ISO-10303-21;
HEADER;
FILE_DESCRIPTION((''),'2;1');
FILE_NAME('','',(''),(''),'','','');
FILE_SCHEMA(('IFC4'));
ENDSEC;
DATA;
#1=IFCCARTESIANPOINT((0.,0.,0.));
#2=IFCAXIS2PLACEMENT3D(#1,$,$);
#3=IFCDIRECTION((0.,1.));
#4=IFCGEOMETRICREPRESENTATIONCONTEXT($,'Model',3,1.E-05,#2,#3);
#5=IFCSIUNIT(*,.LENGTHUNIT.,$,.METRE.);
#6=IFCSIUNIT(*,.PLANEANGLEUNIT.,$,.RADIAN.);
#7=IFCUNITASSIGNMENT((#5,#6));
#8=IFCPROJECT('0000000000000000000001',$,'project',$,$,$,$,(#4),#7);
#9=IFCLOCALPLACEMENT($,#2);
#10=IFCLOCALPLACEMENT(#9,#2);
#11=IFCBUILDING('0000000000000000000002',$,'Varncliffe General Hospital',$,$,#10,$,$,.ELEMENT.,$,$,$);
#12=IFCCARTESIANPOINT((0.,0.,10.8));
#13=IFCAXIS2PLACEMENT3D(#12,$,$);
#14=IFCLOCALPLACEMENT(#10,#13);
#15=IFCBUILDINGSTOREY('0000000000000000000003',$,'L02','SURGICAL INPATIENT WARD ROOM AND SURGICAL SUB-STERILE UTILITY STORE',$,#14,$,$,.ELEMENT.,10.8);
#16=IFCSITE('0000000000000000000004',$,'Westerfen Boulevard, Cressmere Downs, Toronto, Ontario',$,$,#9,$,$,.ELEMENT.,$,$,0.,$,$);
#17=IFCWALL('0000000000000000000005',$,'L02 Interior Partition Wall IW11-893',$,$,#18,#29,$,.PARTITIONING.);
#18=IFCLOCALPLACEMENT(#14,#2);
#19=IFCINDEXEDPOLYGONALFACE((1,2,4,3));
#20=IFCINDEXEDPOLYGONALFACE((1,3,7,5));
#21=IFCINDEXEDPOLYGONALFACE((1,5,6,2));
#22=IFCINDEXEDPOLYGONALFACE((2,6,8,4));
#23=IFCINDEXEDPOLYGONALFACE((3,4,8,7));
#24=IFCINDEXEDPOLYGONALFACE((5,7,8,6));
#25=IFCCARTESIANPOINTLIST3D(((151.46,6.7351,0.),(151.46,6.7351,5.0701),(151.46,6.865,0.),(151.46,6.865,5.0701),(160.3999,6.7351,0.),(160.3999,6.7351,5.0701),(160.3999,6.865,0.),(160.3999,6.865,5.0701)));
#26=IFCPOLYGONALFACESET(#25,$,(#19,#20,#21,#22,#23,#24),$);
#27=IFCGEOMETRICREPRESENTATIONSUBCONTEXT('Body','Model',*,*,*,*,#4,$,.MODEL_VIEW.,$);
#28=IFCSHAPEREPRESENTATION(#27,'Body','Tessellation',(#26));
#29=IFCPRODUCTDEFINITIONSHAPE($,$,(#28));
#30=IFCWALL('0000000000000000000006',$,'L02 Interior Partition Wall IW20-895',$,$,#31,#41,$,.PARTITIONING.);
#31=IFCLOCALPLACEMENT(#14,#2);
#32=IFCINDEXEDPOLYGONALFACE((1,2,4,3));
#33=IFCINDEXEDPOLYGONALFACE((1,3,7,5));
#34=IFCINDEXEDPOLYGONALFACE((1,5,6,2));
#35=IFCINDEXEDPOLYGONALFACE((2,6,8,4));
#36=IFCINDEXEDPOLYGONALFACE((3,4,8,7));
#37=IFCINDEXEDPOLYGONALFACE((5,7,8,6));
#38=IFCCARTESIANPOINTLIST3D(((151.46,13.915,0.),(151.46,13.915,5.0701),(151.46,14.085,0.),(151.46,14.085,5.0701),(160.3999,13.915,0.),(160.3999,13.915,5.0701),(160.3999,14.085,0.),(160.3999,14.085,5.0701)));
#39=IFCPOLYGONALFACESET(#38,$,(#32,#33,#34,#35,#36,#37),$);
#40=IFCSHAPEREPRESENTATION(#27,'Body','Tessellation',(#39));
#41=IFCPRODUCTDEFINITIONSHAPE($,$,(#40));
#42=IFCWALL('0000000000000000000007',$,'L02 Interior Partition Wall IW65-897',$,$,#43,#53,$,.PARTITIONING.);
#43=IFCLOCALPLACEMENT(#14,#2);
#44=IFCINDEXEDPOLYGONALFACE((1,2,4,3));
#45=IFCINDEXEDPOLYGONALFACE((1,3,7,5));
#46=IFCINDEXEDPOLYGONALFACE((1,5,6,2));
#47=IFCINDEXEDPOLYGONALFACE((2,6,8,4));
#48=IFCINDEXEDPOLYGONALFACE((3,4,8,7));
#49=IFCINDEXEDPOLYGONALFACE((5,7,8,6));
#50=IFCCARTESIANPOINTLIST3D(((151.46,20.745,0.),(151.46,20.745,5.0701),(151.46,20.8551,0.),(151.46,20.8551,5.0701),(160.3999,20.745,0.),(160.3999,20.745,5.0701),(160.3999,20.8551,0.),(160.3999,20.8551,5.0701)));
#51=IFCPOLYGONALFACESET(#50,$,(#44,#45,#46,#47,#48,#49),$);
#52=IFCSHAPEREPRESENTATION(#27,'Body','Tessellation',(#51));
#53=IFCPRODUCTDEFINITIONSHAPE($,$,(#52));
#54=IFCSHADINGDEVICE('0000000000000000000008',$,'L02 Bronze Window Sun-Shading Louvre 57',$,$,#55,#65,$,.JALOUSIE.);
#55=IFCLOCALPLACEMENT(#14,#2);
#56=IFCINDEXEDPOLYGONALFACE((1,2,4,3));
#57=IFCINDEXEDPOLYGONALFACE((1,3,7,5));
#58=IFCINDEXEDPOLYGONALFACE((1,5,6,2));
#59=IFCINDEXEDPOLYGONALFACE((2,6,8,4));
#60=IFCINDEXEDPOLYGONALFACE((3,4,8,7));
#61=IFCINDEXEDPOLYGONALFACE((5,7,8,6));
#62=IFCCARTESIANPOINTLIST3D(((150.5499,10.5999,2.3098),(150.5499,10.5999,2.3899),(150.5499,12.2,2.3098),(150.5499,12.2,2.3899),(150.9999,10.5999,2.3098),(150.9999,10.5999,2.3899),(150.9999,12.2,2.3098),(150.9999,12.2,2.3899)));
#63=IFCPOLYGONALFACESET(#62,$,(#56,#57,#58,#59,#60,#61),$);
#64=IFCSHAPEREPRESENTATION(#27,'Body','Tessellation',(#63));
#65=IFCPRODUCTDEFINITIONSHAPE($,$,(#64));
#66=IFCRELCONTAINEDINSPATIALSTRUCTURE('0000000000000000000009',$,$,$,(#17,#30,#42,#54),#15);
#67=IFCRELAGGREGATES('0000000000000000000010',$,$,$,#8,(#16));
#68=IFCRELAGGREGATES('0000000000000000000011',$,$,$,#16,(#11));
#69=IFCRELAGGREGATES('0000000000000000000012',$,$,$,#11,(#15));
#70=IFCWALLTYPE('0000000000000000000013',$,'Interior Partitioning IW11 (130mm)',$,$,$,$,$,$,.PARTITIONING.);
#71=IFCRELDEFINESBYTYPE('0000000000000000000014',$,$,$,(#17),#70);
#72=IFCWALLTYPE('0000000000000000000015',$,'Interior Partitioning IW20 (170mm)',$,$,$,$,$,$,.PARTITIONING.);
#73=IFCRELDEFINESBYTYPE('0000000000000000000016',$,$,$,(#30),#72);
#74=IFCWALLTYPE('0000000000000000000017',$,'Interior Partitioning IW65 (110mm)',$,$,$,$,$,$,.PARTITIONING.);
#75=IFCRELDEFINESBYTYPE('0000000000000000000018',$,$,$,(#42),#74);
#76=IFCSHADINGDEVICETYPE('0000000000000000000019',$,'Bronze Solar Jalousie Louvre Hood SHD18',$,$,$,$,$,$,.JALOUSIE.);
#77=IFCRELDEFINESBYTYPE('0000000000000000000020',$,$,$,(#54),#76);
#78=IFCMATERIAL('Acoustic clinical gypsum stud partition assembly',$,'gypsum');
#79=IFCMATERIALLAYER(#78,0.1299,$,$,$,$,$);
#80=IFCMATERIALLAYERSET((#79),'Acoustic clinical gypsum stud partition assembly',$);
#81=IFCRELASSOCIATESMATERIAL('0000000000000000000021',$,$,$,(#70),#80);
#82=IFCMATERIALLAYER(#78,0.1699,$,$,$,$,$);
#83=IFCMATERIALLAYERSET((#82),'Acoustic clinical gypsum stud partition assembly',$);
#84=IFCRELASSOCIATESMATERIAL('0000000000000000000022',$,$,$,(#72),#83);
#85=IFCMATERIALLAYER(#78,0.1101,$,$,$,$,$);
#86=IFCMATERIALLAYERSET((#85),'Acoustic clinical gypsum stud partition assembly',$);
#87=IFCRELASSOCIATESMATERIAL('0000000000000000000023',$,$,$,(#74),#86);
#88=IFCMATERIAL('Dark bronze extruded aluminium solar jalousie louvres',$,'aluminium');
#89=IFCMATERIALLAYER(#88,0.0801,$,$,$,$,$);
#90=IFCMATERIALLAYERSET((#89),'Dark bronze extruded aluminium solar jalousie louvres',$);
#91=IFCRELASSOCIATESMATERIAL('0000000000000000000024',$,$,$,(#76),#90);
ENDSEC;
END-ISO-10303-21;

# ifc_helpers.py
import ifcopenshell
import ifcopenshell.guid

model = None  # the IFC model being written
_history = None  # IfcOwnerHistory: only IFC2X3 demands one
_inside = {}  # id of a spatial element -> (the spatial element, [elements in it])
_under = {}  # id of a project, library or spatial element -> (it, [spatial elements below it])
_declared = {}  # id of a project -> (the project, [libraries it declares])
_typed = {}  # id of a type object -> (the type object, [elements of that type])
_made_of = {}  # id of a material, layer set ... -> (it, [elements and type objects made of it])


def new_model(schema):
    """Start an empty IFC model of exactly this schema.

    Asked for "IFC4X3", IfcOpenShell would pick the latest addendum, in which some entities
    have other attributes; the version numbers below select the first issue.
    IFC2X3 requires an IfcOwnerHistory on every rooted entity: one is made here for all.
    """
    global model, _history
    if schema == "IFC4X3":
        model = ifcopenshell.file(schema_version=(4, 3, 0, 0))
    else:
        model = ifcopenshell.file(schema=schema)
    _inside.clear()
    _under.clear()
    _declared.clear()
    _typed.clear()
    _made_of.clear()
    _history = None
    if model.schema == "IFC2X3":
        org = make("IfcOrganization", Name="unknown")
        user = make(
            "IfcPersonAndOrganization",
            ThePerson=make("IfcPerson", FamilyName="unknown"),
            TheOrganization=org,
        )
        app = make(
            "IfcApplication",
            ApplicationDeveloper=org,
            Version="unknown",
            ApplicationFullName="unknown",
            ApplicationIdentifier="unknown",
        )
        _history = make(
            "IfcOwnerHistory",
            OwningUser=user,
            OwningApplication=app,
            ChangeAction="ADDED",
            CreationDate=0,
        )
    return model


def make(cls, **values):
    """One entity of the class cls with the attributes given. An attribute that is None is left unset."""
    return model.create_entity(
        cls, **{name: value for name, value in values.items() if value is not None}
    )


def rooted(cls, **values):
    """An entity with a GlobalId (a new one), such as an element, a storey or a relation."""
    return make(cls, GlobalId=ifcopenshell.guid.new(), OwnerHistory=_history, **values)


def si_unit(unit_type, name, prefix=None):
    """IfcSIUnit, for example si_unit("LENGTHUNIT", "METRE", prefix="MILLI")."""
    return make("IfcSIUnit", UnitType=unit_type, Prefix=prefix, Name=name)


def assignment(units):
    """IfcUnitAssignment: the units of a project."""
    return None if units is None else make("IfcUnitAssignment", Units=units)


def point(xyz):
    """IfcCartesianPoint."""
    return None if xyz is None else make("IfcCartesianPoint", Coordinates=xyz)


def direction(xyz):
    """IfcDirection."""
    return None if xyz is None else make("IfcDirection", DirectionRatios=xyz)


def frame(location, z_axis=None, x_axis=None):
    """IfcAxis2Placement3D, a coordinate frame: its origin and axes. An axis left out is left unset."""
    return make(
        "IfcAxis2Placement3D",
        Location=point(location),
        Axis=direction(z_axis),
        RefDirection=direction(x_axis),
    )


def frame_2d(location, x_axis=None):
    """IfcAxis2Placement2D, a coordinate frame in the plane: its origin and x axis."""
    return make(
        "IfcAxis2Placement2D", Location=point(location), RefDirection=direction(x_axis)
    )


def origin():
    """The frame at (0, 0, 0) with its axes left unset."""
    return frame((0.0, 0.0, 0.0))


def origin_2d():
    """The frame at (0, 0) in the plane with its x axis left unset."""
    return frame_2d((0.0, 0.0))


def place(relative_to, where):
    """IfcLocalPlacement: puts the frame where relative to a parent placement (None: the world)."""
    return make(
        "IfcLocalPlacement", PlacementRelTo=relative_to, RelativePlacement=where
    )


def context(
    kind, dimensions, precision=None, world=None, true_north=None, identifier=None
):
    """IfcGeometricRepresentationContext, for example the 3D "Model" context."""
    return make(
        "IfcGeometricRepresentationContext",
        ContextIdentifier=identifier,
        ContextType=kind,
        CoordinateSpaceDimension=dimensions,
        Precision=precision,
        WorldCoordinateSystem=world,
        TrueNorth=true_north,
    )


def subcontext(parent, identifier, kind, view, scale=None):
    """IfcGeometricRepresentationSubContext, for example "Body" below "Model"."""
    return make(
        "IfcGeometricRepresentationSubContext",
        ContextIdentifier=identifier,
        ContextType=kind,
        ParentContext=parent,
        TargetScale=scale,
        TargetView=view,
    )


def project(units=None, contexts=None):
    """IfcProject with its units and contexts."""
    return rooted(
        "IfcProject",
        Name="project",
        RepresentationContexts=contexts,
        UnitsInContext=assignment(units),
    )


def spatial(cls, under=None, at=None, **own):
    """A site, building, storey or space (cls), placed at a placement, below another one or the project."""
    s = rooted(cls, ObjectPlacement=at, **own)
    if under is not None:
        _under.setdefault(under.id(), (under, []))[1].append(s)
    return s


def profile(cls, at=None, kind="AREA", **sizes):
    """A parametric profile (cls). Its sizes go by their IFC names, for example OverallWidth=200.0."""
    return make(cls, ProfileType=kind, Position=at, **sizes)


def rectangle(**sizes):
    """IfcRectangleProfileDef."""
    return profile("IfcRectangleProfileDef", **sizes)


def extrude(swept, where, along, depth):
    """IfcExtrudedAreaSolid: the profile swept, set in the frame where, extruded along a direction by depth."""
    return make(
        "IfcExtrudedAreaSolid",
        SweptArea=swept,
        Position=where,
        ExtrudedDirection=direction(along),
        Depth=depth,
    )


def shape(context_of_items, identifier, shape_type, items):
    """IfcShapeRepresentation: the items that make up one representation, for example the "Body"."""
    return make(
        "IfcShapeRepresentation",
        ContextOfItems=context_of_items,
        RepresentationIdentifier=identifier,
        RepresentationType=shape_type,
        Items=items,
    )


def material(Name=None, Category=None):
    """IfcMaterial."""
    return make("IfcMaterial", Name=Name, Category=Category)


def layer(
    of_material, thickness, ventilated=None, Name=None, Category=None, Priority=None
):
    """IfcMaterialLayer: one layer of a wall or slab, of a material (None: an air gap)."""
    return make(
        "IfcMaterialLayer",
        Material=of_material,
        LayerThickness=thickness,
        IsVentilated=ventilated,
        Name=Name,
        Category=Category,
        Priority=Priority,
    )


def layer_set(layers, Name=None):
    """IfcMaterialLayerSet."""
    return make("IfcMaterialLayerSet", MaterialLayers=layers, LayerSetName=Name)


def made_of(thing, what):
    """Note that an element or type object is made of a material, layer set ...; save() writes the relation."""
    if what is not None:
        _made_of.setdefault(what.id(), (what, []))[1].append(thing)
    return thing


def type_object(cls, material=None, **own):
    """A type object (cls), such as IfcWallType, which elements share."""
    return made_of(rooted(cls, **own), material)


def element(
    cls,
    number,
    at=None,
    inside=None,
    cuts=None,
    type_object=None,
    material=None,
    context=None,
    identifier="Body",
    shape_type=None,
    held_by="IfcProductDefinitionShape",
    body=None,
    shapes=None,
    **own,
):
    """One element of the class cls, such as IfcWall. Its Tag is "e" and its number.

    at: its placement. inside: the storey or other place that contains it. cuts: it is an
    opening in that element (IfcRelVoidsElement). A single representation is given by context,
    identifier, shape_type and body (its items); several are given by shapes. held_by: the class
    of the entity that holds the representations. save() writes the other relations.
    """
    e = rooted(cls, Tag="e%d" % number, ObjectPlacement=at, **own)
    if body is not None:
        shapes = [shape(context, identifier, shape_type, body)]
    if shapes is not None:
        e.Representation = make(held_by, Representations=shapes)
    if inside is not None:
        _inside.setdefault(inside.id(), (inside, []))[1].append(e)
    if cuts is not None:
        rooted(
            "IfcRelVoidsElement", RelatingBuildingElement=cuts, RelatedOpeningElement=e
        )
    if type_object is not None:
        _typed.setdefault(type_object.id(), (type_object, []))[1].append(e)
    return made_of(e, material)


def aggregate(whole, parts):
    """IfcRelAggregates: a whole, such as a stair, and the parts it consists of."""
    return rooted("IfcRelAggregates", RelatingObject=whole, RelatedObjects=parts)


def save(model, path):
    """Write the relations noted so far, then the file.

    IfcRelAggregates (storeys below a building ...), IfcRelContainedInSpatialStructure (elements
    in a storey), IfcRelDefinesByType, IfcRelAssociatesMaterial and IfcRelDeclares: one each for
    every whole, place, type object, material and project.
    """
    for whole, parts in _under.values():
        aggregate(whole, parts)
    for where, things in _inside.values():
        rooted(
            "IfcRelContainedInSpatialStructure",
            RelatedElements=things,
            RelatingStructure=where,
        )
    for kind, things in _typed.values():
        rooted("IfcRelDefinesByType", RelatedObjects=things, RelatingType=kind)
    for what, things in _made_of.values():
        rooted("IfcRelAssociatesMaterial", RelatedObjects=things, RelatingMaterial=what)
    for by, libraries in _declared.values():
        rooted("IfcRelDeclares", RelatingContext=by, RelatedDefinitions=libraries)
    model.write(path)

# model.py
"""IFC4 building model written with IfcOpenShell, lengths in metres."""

from ifc_helpers import new_model, si_unit, direction, frame, frame_2d, origin, origin_2d, place, context, subcontext, project, spatial, rectangle, extrude, material, layer, layer_set, type_object, element, save


model = new_model("IFC4")

# Units and contexts
model_context = context("Model", 3, precision=1e-05, world=origin(), true_north=direction((0.0, 1.0)))
body_context = subcontext(model_context, "Body", "Model", "MODEL_VIEW")
ifc_project = project(units=[si_unit("LENGTHUNIT", "METRE"), si_unit("PLANEANGLEUNIT", "RADIAN")], contexts=[model_context])

# Site, building, storey
site_placement = place(None, origin())
site = spatial("IfcSite", under=ifc_project, at=site_placement, Name="Westerfen Boulevard, Cressmere Downs, Toronto, Ontario", CompositionType="ELEMENT", RefElevation=0.0)
building_placement = place(site_placement, origin())
building = spatial("IfcBuilding", under=site, at=building_placement, Name="Varncliffe General Hospital", CompositionType="ELEMENT")
storey_placement = place(building_placement, frame((0.0, 0.0, 10.8)))
storey = spatial("IfcBuildingStorey", under=building, at=storey_placement, Name="L02", Description="SURGICAL INPATIENT WARD ROOM AND SURGICAL SUB-STERILE UTILITY STORE", CompositionType="ELEMENT", Elevation=10.8)

# Walls
ifc_material_1 = material(Name="Acoustic clinical gypsum stud partition assembly", Category="gypsum")
ifc_layer_1 = layer(ifc_material_1, 0.1299)
ifc_layer_set_1 = layer_set([ifc_layer_1], Name="Acoustic clinical gypsum stud partition assembly")
wall_type_1 = type_object("IfcWallType", Name="Interior Partitioning IW11 (130mm)", PredefinedType="PARTITIONING", material=ifc_layer_set_1)
wall_1_placement = place(storey_placement, frame((151.46, 6.8, 0.0), z_axis=(0.0, 0.0, 1.0), x_axis=(1.0, 0.0, 0.0)))
element("IfcWall", 1, at=wall_1_placement, inside=storey, type_object=wall_type_1, Name="L02 Interior Partition Wall IW11-893", PredefinedType="PARTITIONING", context=body_context, shape_type="SweptSolid", body=[
    extrude(rectangle(XDim=8.9399, YDim=0.1299, at=frame_2d((4.47, 0.0))), origin(), (0.0, 0.0, 1.0), 5.0701),
])
ifc_layer_2 = layer(ifc_material_1, 0.1699)
ifc_layer_set_2 = layer_set([ifc_layer_2], Name="Acoustic clinical gypsum stud partition assembly")
wall_type_2 = type_object("IfcWallType", Name="Interior Partitioning IW20 (170mm)", PredefinedType="PARTITIONING", material=ifc_layer_set_2)
wall_2_placement = place(storey_placement, frame((151.46, 14.0, 0.0), z_axis=(0.0, 0.0, 1.0), x_axis=(1.0, 0.0, 0.0)))
element("IfcWall", 2, at=wall_2_placement, inside=storey, type_object=wall_type_2, Name="L02 Interior Partition Wall IW20-895", PredefinedType="PARTITIONING", context=body_context, shape_type="SweptSolid", body=[
    extrude(rectangle(XDim=8.9399, YDim=0.1699, at=frame_2d((4.47, 0.0))), origin(), (0.0, 0.0, 1.0), 5.0701),
])
ifc_layer_3 = layer(ifc_material_1, 0.1101)
ifc_layer_set_3 = layer_set([ifc_layer_3], Name="Acoustic clinical gypsum stud partition assembly")
wall_type_3 = type_object("IfcWallType", Name="Interior Partitioning IW65 (110mm)", PredefinedType="PARTITIONING", material=ifc_layer_set_3)
wall_3_placement = place(storey_placement, frame((151.46, 20.8, 0.0), z_axis=(0.0, 0.0, 1.0), x_axis=(1.0, 0.0, 0.0)))
element("IfcWall", 3, at=wall_3_placement, inside=storey, type_object=wall_type_3, Name="L02 Interior Partition Wall IW65-897", PredefinedType="PARTITIONING", context=body_context, shape_type="SweptSolid", body=[
    extrude(rectangle(XDim=8.9399, YDim=0.1101, at=frame_2d((4.47, 0.0))), origin(), (0.0, 0.0, 1.0), 5.0701),
])

# Shading device
ifc_material_2 = material(Name="Dark bronze extruded aluminium solar jalousie louvres", Category="aluminium")
ifc_layer_4 = layer(ifc_material_2, 0.0801)
ifc_layer_set_4 = layer_set([ifc_layer_4], Name="Dark bronze extruded aluminium solar jalousie louvres")
shading_device_type = type_object("IfcShadingDeviceType", Name="Bronze Solar Jalousie Louvre Hood SHD18", PredefinedType="JALOUSIE", material=ifc_layer_set_4)
shading_device_placement = place(storey_placement, frame((150.7749, 11.3999, 2.3098), z_axis=(0.0, 0.0, 1.0), x_axis=(0.0, 1.0, 0.0)))
element("IfcShadingDevice", 4, at=shading_device_placement, inside=storey, type_object=shading_device_type, Name="L02 Bronze Window Sun-Shading Louvre 57", PredefinedType="JALOUSIE", context=body_context, shape_type="SweptSolid", body=[
    extrude(rectangle(XDim=1.6001, YDim=0.45, at=origin_2d()), origin(), (0.0, 0.0, 1.0), 0.0801),
])

save(model, "model.ifc")
